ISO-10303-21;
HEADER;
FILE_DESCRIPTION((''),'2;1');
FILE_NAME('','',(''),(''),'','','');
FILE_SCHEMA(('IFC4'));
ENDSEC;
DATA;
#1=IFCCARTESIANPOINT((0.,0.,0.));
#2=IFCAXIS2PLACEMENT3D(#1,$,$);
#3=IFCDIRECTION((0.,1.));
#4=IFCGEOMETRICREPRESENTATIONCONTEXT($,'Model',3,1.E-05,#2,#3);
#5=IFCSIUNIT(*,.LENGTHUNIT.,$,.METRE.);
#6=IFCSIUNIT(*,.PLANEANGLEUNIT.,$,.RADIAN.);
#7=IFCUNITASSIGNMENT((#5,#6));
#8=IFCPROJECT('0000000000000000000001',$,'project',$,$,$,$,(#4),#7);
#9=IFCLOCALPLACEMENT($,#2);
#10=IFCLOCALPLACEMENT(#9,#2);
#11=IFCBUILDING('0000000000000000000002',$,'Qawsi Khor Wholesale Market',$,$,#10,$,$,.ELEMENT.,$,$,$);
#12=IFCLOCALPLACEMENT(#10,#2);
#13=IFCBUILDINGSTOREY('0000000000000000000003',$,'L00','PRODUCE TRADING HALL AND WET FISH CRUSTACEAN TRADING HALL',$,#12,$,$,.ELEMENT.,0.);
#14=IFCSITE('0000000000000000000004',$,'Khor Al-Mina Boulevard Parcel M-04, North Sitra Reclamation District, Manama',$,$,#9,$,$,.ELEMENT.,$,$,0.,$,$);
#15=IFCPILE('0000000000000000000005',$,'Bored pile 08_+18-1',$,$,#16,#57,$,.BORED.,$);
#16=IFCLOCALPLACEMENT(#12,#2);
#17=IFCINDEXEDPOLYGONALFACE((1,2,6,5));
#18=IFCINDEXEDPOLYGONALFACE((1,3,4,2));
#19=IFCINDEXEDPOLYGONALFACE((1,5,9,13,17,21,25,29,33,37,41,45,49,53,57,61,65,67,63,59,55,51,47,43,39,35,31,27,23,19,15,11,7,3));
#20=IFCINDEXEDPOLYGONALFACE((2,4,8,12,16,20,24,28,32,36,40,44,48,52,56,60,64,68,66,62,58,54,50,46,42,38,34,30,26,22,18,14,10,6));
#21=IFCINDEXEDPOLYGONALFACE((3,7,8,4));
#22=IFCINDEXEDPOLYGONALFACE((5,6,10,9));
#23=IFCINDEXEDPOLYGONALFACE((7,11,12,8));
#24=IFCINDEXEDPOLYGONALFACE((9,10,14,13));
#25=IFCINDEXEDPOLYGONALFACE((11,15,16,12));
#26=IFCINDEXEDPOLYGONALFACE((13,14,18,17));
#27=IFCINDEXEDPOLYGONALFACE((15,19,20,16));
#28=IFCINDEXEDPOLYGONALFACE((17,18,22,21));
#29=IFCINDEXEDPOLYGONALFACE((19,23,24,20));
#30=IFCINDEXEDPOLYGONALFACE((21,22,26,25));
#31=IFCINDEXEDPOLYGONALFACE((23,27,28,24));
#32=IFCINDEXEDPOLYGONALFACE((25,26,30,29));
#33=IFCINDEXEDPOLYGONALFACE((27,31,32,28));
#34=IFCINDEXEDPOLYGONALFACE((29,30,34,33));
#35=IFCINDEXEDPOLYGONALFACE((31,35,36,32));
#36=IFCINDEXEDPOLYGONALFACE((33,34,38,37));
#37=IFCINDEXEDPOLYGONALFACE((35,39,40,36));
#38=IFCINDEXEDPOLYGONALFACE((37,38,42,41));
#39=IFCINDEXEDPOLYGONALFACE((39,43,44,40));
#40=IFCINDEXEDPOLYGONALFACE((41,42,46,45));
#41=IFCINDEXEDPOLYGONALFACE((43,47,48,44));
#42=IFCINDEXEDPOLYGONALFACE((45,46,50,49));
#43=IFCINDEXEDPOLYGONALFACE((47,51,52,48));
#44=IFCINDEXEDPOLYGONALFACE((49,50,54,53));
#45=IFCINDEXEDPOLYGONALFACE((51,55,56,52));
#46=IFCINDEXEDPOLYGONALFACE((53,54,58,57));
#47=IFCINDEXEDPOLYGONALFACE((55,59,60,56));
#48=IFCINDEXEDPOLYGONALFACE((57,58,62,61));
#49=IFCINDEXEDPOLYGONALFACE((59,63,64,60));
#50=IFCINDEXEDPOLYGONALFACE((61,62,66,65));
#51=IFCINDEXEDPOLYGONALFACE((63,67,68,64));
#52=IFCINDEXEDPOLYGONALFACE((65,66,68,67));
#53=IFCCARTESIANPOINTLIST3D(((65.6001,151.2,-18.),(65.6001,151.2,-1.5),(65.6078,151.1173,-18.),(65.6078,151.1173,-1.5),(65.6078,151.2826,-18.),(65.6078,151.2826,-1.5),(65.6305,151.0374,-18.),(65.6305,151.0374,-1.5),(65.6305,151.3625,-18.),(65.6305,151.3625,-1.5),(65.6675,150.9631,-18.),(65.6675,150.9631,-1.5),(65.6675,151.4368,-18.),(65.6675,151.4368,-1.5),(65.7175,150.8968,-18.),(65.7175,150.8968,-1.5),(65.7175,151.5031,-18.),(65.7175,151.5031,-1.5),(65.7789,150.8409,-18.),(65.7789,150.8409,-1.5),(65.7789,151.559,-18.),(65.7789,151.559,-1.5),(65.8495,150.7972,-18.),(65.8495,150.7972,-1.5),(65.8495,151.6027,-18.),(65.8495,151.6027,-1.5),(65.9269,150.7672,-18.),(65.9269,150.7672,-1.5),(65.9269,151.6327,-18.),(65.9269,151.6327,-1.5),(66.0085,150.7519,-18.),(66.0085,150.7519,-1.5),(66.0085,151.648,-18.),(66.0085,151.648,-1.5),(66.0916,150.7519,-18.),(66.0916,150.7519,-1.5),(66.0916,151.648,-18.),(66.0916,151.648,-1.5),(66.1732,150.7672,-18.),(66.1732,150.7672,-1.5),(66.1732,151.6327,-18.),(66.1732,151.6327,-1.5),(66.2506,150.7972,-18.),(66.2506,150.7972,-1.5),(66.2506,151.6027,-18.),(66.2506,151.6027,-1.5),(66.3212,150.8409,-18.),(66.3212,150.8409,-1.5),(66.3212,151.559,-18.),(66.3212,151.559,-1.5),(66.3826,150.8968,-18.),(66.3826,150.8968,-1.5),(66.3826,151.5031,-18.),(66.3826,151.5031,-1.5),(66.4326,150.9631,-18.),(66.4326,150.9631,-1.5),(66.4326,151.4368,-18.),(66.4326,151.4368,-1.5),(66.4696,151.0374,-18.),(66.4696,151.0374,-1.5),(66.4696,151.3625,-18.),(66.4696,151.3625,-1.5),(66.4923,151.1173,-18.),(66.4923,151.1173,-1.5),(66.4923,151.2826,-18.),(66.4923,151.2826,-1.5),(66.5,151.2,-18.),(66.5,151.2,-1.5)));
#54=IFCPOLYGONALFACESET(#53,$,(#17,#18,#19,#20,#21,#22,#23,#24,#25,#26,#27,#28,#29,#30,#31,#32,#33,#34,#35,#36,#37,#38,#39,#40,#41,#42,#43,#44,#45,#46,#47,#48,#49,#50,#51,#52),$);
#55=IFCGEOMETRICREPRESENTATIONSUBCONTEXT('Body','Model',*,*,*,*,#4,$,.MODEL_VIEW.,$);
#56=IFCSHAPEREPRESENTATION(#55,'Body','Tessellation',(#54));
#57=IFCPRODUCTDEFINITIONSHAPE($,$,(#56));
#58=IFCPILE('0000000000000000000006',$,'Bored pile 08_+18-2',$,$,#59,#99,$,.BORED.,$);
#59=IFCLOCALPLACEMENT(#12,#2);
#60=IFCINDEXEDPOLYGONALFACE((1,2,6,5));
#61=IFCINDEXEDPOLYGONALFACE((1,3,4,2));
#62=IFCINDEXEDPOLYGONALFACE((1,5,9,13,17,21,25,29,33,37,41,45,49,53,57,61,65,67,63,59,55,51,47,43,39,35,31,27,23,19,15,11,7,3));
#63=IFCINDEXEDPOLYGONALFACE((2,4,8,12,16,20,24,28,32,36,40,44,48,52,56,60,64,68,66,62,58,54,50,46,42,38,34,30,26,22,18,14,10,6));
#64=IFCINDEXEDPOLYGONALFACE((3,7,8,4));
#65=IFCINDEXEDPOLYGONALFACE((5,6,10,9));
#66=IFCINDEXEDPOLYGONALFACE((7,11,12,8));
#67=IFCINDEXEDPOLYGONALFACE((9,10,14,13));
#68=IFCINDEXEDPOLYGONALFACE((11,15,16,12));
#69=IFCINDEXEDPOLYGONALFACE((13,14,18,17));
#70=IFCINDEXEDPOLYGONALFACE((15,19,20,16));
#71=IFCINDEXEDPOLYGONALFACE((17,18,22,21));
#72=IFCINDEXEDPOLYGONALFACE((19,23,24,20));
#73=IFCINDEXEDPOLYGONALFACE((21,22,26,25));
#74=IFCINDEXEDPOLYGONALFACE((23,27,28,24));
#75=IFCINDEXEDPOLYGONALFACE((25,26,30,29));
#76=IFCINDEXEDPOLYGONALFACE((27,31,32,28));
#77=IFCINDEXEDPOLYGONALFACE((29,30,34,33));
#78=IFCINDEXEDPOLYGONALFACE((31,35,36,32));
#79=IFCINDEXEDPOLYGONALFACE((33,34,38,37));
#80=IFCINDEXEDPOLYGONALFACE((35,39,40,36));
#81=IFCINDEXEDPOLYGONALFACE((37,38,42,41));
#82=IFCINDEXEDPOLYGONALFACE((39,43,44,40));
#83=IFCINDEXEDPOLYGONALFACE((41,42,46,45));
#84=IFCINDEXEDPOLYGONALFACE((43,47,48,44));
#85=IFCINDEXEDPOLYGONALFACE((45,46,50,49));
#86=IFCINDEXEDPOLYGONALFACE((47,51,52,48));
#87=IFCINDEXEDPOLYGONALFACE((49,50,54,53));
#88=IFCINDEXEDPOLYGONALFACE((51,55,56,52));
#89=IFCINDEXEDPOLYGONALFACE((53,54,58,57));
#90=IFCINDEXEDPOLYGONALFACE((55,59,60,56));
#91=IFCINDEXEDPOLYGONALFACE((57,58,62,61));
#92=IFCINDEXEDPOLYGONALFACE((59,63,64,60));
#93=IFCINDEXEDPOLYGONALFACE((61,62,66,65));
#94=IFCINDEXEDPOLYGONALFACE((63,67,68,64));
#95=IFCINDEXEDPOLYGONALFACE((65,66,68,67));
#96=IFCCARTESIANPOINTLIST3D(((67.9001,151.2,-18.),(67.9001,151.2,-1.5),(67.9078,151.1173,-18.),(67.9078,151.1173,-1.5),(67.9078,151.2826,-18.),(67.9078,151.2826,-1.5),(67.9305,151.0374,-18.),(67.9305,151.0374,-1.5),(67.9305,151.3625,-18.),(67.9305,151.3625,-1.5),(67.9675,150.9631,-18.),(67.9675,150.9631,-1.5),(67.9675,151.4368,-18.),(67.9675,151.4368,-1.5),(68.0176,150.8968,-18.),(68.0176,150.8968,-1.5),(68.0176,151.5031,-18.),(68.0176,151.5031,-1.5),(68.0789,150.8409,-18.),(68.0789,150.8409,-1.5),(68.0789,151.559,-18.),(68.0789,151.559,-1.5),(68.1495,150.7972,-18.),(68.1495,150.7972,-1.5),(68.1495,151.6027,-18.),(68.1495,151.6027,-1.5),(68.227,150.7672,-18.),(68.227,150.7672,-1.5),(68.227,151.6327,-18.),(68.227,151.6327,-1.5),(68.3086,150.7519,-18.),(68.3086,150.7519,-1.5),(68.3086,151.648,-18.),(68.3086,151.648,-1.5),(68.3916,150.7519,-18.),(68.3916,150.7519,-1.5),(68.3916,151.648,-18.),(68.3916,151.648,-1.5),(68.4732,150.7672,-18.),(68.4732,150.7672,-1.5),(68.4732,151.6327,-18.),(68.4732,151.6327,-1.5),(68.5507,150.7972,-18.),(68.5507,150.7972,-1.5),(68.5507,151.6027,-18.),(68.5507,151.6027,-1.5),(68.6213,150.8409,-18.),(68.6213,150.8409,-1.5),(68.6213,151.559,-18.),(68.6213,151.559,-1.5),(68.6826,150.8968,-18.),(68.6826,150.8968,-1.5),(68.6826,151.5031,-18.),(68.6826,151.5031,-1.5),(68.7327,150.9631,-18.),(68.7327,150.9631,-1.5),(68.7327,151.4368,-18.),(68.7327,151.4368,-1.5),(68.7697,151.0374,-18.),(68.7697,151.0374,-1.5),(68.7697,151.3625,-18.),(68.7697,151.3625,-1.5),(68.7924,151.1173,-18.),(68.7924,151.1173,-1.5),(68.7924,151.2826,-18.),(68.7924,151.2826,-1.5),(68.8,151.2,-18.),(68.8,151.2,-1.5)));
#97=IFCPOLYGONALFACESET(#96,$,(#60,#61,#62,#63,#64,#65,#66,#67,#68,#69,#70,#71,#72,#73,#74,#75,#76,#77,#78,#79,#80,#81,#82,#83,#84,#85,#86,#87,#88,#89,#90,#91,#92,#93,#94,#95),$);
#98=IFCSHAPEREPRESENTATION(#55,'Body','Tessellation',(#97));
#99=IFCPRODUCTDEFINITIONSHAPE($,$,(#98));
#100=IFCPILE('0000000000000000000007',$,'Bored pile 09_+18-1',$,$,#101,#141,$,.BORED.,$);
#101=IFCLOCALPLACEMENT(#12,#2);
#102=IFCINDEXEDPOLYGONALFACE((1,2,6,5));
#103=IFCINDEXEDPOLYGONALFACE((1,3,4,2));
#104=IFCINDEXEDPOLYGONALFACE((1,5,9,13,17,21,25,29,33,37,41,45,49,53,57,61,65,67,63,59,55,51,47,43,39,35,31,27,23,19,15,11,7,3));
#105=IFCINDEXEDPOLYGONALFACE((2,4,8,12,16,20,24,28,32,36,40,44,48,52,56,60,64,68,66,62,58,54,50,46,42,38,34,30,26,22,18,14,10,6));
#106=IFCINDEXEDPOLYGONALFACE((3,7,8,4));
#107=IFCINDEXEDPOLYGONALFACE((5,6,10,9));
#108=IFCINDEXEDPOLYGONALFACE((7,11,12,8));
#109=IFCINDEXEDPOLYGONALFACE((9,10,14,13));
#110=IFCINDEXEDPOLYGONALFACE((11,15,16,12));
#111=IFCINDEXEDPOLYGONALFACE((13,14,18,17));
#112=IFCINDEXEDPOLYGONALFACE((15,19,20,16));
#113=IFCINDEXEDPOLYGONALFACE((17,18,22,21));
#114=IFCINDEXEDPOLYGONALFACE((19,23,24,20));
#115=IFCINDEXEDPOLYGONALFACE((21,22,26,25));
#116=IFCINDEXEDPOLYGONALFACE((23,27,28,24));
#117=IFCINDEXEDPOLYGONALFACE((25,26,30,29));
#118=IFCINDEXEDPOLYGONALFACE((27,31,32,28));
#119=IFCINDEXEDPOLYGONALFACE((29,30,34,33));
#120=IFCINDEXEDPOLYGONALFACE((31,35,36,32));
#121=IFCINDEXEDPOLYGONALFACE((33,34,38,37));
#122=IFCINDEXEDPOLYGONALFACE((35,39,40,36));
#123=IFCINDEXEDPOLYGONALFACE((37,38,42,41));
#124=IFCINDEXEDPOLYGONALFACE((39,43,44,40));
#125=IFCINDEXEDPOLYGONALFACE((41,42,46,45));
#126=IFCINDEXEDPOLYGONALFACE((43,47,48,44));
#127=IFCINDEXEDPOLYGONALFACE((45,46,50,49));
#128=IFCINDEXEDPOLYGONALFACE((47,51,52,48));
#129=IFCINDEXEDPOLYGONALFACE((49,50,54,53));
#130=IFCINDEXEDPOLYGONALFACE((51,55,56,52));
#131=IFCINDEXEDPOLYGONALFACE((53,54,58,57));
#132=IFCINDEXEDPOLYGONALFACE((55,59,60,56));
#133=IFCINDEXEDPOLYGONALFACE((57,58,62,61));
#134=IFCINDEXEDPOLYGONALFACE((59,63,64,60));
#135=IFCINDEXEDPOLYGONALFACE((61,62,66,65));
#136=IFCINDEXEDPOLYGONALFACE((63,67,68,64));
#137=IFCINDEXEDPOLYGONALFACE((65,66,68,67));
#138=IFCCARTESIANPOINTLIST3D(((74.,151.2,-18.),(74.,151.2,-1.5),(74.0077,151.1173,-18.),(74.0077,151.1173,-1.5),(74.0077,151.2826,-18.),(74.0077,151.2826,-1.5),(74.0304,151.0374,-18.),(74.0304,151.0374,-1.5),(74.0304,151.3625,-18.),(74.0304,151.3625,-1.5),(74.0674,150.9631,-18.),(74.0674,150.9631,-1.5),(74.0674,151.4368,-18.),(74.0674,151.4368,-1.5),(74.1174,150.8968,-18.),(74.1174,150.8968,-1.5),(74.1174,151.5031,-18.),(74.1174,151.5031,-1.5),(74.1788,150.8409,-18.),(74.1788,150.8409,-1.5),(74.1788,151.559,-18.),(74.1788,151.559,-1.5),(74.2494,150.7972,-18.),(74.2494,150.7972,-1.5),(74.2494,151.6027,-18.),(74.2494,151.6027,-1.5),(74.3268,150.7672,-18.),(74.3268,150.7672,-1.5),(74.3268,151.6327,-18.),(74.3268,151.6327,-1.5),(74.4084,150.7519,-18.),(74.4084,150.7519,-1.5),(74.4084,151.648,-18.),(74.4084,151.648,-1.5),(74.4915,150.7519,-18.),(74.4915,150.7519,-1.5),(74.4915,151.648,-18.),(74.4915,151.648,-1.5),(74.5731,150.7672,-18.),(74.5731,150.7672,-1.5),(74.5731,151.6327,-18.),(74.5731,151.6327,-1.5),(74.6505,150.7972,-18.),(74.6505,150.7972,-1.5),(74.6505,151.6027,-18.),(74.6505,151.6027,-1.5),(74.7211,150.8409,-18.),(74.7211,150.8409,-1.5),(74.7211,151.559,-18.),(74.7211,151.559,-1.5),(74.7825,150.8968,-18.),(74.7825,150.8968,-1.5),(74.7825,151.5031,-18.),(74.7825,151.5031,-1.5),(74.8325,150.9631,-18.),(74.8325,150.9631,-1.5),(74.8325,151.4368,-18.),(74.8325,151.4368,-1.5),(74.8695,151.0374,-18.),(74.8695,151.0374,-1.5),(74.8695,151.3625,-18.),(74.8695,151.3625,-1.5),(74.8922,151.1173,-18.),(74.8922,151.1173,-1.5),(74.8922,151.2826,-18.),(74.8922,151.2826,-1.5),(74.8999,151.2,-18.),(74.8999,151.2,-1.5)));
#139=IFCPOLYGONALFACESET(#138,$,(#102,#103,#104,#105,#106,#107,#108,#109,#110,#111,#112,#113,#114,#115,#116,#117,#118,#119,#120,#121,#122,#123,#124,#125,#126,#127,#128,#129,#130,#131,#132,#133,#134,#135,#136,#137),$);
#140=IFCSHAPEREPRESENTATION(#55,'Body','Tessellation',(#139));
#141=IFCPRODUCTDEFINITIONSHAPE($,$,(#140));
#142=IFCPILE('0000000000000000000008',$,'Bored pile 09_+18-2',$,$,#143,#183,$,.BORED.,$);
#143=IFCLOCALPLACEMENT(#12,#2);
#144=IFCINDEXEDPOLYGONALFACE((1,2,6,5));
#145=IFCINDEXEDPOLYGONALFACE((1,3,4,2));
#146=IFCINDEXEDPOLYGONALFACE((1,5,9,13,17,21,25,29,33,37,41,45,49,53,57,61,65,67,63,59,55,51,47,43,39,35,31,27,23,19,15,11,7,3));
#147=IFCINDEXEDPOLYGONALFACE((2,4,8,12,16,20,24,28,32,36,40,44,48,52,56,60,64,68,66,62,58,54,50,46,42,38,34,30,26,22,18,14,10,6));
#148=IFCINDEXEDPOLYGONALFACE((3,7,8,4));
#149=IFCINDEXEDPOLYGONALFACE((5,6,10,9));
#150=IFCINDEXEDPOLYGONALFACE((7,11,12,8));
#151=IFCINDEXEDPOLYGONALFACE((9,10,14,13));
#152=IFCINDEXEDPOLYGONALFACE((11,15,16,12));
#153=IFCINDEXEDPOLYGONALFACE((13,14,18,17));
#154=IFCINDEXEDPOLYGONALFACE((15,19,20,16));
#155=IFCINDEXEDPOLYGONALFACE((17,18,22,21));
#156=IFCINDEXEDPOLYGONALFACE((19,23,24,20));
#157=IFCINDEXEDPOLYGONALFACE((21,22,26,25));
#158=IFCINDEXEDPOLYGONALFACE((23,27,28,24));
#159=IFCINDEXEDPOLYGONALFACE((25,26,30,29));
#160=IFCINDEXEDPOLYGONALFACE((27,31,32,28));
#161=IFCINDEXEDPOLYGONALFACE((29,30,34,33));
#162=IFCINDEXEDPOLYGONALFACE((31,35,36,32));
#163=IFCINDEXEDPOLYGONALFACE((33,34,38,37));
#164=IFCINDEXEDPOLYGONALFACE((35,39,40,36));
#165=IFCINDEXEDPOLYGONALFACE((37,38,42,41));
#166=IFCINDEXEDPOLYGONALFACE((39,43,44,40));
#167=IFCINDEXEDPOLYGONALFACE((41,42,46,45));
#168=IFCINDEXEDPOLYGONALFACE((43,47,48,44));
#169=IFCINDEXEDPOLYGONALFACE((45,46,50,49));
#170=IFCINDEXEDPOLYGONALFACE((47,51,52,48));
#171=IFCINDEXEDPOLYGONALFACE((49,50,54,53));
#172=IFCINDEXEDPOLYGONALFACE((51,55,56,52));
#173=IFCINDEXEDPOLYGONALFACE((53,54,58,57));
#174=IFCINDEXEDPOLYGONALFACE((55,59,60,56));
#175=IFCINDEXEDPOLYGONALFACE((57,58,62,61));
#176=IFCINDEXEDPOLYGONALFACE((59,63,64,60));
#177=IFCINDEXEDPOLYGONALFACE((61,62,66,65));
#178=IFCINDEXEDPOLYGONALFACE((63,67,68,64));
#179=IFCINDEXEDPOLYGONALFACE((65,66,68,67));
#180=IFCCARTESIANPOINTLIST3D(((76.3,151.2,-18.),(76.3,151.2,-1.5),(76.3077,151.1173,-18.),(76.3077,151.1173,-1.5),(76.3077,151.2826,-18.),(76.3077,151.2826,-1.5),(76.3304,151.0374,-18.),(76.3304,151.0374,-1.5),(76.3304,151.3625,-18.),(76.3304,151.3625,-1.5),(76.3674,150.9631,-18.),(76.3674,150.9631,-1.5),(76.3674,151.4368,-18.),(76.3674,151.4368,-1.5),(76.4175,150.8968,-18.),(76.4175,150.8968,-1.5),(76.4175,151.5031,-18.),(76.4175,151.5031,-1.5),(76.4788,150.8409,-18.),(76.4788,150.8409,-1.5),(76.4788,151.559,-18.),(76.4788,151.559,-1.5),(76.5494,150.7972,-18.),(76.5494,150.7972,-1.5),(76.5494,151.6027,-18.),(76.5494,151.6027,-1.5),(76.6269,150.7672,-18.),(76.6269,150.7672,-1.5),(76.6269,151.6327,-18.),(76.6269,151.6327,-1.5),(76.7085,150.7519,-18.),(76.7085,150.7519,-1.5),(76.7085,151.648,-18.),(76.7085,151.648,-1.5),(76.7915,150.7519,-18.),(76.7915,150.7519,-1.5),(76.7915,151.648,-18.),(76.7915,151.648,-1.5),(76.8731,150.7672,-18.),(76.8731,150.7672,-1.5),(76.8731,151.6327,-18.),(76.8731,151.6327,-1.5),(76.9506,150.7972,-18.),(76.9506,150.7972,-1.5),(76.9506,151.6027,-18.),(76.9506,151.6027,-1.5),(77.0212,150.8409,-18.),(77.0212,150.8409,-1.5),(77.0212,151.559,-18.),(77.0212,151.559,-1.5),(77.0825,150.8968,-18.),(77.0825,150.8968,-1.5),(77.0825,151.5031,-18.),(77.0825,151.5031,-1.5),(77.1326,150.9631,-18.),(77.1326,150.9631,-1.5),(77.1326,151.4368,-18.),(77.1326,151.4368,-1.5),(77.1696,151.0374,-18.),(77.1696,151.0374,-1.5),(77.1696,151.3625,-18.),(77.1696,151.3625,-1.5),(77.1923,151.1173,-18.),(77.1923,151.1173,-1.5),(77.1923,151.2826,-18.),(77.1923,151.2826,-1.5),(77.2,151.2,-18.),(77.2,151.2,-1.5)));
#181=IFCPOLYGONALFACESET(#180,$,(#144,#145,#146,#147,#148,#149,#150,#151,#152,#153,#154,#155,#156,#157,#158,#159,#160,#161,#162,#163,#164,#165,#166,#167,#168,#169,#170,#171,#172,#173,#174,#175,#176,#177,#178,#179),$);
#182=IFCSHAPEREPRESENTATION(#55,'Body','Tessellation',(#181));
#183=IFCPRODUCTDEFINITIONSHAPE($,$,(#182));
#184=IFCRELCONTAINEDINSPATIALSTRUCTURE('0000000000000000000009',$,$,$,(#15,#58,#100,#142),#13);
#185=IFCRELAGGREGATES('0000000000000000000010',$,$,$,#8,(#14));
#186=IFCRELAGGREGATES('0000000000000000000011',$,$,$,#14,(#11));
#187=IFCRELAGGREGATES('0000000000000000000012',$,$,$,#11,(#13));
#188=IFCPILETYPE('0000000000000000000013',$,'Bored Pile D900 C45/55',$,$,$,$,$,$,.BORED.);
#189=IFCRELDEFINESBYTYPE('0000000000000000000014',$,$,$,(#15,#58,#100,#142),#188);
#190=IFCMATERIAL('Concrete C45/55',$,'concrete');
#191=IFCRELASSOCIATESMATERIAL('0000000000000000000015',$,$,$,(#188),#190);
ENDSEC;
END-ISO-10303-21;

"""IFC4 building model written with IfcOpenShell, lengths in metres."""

from ifc_helpers import new_model, si_unit, direction, frame, origin, origin_2d, place, context, subcontext, project, spatial, circle, extrude, material, material_profile, profile_set, type_object, element, save


model = new_model("IFC4")

# Units and contexts
model_context = context("Model", 3, precision=1e-05, world=origin(), true_north=direction((0.0, 1.0)))
body_context = subcontext(model_context, "Body", "Model", "MODEL_VIEW")
ifc_project = project(units=[si_unit("LENGTHUNIT", "METRE"), si_unit("PLANEANGLEUNIT", "RADIAN")], contexts=[model_context])

# Site, building, storey
site_placement = place(None, origin())
site = spatial("IfcSite", under=ifc_project, at=site_placement, Name="Khor Al-Mina Boulevard Parcel M-04, North Sitra Reclamation District, Manama", CompositionType="ELEMENT", RefElevation=0.0)
building_placement = place(site_placement, origin())
building = spatial("IfcBuilding", under=site, at=building_placement, Name="Qawsi Khor Wholesale Market", CompositionType="ELEMENT")
storey_placement = place(building_placement, origin())
storey = spatial("IfcBuildingStorey", under=building, at=storey_placement, Name="L00", Description="PRODUCE TRADING HALL AND WET FISH CRUSTACEAN TRADING HALL", CompositionType="ELEMENT", Elevation=0.0)

# Piles
ifc_material_1 = material(Name="Concrete C45/55", Category="concrete")
ifc_material_profile_1 = material_profile(ifc_material_1, circle(Radius=0.45, at=origin_2d()), Name="PILE D900")
ifc_profile_set_1 = profile_set([ifc_material_profile_1], Name="Concrete C45/55")
pile_type = type_object("IfcPileType", Name="Bored Pile D900 C45/55", PredefinedType="BORED", material=ifc_profile_set_1)
for number, where, z_axis, x_axis, name in (
    (1, (66.05, 151.2, -1.5), (0.0, 0.0, -1.0), (1.0, 0.0, 0.0), "Bored pile 08_+18-1"),
    (2, (68.3501, 151.2, -1.5), (0.0, 0.0, -1.0), (1.0, 0.0, 0.0), "Bored pile 08_+18-2"),
    (3, (74.45, 151.2, -1.5), (0.0, 0.0, -1.0), (1.0, 0.0, 0.0), "Bored pile 09_+18-1"),
    (4, (76.75, 151.2, -1.5), (0.0, 0.0, -1.0), (1.0, 0.0, 0.0), "Bored pile 09_+18-2"),
):
    element("IfcPile", number, at=place(storey_placement, frame(where, z_axis=z_axis, x_axis=x_axis)), inside=storey, type_object=pile_type, Name=name, PredefinedType="BORED", context=body_context, shape_type="SweptSolid", body=[
        extrude(circle(Radius=0.45, at=origin_2d()), origin(), (0.0, 0.0, 1.0), 16.5),
    ])

save(model, "model.ifc")
